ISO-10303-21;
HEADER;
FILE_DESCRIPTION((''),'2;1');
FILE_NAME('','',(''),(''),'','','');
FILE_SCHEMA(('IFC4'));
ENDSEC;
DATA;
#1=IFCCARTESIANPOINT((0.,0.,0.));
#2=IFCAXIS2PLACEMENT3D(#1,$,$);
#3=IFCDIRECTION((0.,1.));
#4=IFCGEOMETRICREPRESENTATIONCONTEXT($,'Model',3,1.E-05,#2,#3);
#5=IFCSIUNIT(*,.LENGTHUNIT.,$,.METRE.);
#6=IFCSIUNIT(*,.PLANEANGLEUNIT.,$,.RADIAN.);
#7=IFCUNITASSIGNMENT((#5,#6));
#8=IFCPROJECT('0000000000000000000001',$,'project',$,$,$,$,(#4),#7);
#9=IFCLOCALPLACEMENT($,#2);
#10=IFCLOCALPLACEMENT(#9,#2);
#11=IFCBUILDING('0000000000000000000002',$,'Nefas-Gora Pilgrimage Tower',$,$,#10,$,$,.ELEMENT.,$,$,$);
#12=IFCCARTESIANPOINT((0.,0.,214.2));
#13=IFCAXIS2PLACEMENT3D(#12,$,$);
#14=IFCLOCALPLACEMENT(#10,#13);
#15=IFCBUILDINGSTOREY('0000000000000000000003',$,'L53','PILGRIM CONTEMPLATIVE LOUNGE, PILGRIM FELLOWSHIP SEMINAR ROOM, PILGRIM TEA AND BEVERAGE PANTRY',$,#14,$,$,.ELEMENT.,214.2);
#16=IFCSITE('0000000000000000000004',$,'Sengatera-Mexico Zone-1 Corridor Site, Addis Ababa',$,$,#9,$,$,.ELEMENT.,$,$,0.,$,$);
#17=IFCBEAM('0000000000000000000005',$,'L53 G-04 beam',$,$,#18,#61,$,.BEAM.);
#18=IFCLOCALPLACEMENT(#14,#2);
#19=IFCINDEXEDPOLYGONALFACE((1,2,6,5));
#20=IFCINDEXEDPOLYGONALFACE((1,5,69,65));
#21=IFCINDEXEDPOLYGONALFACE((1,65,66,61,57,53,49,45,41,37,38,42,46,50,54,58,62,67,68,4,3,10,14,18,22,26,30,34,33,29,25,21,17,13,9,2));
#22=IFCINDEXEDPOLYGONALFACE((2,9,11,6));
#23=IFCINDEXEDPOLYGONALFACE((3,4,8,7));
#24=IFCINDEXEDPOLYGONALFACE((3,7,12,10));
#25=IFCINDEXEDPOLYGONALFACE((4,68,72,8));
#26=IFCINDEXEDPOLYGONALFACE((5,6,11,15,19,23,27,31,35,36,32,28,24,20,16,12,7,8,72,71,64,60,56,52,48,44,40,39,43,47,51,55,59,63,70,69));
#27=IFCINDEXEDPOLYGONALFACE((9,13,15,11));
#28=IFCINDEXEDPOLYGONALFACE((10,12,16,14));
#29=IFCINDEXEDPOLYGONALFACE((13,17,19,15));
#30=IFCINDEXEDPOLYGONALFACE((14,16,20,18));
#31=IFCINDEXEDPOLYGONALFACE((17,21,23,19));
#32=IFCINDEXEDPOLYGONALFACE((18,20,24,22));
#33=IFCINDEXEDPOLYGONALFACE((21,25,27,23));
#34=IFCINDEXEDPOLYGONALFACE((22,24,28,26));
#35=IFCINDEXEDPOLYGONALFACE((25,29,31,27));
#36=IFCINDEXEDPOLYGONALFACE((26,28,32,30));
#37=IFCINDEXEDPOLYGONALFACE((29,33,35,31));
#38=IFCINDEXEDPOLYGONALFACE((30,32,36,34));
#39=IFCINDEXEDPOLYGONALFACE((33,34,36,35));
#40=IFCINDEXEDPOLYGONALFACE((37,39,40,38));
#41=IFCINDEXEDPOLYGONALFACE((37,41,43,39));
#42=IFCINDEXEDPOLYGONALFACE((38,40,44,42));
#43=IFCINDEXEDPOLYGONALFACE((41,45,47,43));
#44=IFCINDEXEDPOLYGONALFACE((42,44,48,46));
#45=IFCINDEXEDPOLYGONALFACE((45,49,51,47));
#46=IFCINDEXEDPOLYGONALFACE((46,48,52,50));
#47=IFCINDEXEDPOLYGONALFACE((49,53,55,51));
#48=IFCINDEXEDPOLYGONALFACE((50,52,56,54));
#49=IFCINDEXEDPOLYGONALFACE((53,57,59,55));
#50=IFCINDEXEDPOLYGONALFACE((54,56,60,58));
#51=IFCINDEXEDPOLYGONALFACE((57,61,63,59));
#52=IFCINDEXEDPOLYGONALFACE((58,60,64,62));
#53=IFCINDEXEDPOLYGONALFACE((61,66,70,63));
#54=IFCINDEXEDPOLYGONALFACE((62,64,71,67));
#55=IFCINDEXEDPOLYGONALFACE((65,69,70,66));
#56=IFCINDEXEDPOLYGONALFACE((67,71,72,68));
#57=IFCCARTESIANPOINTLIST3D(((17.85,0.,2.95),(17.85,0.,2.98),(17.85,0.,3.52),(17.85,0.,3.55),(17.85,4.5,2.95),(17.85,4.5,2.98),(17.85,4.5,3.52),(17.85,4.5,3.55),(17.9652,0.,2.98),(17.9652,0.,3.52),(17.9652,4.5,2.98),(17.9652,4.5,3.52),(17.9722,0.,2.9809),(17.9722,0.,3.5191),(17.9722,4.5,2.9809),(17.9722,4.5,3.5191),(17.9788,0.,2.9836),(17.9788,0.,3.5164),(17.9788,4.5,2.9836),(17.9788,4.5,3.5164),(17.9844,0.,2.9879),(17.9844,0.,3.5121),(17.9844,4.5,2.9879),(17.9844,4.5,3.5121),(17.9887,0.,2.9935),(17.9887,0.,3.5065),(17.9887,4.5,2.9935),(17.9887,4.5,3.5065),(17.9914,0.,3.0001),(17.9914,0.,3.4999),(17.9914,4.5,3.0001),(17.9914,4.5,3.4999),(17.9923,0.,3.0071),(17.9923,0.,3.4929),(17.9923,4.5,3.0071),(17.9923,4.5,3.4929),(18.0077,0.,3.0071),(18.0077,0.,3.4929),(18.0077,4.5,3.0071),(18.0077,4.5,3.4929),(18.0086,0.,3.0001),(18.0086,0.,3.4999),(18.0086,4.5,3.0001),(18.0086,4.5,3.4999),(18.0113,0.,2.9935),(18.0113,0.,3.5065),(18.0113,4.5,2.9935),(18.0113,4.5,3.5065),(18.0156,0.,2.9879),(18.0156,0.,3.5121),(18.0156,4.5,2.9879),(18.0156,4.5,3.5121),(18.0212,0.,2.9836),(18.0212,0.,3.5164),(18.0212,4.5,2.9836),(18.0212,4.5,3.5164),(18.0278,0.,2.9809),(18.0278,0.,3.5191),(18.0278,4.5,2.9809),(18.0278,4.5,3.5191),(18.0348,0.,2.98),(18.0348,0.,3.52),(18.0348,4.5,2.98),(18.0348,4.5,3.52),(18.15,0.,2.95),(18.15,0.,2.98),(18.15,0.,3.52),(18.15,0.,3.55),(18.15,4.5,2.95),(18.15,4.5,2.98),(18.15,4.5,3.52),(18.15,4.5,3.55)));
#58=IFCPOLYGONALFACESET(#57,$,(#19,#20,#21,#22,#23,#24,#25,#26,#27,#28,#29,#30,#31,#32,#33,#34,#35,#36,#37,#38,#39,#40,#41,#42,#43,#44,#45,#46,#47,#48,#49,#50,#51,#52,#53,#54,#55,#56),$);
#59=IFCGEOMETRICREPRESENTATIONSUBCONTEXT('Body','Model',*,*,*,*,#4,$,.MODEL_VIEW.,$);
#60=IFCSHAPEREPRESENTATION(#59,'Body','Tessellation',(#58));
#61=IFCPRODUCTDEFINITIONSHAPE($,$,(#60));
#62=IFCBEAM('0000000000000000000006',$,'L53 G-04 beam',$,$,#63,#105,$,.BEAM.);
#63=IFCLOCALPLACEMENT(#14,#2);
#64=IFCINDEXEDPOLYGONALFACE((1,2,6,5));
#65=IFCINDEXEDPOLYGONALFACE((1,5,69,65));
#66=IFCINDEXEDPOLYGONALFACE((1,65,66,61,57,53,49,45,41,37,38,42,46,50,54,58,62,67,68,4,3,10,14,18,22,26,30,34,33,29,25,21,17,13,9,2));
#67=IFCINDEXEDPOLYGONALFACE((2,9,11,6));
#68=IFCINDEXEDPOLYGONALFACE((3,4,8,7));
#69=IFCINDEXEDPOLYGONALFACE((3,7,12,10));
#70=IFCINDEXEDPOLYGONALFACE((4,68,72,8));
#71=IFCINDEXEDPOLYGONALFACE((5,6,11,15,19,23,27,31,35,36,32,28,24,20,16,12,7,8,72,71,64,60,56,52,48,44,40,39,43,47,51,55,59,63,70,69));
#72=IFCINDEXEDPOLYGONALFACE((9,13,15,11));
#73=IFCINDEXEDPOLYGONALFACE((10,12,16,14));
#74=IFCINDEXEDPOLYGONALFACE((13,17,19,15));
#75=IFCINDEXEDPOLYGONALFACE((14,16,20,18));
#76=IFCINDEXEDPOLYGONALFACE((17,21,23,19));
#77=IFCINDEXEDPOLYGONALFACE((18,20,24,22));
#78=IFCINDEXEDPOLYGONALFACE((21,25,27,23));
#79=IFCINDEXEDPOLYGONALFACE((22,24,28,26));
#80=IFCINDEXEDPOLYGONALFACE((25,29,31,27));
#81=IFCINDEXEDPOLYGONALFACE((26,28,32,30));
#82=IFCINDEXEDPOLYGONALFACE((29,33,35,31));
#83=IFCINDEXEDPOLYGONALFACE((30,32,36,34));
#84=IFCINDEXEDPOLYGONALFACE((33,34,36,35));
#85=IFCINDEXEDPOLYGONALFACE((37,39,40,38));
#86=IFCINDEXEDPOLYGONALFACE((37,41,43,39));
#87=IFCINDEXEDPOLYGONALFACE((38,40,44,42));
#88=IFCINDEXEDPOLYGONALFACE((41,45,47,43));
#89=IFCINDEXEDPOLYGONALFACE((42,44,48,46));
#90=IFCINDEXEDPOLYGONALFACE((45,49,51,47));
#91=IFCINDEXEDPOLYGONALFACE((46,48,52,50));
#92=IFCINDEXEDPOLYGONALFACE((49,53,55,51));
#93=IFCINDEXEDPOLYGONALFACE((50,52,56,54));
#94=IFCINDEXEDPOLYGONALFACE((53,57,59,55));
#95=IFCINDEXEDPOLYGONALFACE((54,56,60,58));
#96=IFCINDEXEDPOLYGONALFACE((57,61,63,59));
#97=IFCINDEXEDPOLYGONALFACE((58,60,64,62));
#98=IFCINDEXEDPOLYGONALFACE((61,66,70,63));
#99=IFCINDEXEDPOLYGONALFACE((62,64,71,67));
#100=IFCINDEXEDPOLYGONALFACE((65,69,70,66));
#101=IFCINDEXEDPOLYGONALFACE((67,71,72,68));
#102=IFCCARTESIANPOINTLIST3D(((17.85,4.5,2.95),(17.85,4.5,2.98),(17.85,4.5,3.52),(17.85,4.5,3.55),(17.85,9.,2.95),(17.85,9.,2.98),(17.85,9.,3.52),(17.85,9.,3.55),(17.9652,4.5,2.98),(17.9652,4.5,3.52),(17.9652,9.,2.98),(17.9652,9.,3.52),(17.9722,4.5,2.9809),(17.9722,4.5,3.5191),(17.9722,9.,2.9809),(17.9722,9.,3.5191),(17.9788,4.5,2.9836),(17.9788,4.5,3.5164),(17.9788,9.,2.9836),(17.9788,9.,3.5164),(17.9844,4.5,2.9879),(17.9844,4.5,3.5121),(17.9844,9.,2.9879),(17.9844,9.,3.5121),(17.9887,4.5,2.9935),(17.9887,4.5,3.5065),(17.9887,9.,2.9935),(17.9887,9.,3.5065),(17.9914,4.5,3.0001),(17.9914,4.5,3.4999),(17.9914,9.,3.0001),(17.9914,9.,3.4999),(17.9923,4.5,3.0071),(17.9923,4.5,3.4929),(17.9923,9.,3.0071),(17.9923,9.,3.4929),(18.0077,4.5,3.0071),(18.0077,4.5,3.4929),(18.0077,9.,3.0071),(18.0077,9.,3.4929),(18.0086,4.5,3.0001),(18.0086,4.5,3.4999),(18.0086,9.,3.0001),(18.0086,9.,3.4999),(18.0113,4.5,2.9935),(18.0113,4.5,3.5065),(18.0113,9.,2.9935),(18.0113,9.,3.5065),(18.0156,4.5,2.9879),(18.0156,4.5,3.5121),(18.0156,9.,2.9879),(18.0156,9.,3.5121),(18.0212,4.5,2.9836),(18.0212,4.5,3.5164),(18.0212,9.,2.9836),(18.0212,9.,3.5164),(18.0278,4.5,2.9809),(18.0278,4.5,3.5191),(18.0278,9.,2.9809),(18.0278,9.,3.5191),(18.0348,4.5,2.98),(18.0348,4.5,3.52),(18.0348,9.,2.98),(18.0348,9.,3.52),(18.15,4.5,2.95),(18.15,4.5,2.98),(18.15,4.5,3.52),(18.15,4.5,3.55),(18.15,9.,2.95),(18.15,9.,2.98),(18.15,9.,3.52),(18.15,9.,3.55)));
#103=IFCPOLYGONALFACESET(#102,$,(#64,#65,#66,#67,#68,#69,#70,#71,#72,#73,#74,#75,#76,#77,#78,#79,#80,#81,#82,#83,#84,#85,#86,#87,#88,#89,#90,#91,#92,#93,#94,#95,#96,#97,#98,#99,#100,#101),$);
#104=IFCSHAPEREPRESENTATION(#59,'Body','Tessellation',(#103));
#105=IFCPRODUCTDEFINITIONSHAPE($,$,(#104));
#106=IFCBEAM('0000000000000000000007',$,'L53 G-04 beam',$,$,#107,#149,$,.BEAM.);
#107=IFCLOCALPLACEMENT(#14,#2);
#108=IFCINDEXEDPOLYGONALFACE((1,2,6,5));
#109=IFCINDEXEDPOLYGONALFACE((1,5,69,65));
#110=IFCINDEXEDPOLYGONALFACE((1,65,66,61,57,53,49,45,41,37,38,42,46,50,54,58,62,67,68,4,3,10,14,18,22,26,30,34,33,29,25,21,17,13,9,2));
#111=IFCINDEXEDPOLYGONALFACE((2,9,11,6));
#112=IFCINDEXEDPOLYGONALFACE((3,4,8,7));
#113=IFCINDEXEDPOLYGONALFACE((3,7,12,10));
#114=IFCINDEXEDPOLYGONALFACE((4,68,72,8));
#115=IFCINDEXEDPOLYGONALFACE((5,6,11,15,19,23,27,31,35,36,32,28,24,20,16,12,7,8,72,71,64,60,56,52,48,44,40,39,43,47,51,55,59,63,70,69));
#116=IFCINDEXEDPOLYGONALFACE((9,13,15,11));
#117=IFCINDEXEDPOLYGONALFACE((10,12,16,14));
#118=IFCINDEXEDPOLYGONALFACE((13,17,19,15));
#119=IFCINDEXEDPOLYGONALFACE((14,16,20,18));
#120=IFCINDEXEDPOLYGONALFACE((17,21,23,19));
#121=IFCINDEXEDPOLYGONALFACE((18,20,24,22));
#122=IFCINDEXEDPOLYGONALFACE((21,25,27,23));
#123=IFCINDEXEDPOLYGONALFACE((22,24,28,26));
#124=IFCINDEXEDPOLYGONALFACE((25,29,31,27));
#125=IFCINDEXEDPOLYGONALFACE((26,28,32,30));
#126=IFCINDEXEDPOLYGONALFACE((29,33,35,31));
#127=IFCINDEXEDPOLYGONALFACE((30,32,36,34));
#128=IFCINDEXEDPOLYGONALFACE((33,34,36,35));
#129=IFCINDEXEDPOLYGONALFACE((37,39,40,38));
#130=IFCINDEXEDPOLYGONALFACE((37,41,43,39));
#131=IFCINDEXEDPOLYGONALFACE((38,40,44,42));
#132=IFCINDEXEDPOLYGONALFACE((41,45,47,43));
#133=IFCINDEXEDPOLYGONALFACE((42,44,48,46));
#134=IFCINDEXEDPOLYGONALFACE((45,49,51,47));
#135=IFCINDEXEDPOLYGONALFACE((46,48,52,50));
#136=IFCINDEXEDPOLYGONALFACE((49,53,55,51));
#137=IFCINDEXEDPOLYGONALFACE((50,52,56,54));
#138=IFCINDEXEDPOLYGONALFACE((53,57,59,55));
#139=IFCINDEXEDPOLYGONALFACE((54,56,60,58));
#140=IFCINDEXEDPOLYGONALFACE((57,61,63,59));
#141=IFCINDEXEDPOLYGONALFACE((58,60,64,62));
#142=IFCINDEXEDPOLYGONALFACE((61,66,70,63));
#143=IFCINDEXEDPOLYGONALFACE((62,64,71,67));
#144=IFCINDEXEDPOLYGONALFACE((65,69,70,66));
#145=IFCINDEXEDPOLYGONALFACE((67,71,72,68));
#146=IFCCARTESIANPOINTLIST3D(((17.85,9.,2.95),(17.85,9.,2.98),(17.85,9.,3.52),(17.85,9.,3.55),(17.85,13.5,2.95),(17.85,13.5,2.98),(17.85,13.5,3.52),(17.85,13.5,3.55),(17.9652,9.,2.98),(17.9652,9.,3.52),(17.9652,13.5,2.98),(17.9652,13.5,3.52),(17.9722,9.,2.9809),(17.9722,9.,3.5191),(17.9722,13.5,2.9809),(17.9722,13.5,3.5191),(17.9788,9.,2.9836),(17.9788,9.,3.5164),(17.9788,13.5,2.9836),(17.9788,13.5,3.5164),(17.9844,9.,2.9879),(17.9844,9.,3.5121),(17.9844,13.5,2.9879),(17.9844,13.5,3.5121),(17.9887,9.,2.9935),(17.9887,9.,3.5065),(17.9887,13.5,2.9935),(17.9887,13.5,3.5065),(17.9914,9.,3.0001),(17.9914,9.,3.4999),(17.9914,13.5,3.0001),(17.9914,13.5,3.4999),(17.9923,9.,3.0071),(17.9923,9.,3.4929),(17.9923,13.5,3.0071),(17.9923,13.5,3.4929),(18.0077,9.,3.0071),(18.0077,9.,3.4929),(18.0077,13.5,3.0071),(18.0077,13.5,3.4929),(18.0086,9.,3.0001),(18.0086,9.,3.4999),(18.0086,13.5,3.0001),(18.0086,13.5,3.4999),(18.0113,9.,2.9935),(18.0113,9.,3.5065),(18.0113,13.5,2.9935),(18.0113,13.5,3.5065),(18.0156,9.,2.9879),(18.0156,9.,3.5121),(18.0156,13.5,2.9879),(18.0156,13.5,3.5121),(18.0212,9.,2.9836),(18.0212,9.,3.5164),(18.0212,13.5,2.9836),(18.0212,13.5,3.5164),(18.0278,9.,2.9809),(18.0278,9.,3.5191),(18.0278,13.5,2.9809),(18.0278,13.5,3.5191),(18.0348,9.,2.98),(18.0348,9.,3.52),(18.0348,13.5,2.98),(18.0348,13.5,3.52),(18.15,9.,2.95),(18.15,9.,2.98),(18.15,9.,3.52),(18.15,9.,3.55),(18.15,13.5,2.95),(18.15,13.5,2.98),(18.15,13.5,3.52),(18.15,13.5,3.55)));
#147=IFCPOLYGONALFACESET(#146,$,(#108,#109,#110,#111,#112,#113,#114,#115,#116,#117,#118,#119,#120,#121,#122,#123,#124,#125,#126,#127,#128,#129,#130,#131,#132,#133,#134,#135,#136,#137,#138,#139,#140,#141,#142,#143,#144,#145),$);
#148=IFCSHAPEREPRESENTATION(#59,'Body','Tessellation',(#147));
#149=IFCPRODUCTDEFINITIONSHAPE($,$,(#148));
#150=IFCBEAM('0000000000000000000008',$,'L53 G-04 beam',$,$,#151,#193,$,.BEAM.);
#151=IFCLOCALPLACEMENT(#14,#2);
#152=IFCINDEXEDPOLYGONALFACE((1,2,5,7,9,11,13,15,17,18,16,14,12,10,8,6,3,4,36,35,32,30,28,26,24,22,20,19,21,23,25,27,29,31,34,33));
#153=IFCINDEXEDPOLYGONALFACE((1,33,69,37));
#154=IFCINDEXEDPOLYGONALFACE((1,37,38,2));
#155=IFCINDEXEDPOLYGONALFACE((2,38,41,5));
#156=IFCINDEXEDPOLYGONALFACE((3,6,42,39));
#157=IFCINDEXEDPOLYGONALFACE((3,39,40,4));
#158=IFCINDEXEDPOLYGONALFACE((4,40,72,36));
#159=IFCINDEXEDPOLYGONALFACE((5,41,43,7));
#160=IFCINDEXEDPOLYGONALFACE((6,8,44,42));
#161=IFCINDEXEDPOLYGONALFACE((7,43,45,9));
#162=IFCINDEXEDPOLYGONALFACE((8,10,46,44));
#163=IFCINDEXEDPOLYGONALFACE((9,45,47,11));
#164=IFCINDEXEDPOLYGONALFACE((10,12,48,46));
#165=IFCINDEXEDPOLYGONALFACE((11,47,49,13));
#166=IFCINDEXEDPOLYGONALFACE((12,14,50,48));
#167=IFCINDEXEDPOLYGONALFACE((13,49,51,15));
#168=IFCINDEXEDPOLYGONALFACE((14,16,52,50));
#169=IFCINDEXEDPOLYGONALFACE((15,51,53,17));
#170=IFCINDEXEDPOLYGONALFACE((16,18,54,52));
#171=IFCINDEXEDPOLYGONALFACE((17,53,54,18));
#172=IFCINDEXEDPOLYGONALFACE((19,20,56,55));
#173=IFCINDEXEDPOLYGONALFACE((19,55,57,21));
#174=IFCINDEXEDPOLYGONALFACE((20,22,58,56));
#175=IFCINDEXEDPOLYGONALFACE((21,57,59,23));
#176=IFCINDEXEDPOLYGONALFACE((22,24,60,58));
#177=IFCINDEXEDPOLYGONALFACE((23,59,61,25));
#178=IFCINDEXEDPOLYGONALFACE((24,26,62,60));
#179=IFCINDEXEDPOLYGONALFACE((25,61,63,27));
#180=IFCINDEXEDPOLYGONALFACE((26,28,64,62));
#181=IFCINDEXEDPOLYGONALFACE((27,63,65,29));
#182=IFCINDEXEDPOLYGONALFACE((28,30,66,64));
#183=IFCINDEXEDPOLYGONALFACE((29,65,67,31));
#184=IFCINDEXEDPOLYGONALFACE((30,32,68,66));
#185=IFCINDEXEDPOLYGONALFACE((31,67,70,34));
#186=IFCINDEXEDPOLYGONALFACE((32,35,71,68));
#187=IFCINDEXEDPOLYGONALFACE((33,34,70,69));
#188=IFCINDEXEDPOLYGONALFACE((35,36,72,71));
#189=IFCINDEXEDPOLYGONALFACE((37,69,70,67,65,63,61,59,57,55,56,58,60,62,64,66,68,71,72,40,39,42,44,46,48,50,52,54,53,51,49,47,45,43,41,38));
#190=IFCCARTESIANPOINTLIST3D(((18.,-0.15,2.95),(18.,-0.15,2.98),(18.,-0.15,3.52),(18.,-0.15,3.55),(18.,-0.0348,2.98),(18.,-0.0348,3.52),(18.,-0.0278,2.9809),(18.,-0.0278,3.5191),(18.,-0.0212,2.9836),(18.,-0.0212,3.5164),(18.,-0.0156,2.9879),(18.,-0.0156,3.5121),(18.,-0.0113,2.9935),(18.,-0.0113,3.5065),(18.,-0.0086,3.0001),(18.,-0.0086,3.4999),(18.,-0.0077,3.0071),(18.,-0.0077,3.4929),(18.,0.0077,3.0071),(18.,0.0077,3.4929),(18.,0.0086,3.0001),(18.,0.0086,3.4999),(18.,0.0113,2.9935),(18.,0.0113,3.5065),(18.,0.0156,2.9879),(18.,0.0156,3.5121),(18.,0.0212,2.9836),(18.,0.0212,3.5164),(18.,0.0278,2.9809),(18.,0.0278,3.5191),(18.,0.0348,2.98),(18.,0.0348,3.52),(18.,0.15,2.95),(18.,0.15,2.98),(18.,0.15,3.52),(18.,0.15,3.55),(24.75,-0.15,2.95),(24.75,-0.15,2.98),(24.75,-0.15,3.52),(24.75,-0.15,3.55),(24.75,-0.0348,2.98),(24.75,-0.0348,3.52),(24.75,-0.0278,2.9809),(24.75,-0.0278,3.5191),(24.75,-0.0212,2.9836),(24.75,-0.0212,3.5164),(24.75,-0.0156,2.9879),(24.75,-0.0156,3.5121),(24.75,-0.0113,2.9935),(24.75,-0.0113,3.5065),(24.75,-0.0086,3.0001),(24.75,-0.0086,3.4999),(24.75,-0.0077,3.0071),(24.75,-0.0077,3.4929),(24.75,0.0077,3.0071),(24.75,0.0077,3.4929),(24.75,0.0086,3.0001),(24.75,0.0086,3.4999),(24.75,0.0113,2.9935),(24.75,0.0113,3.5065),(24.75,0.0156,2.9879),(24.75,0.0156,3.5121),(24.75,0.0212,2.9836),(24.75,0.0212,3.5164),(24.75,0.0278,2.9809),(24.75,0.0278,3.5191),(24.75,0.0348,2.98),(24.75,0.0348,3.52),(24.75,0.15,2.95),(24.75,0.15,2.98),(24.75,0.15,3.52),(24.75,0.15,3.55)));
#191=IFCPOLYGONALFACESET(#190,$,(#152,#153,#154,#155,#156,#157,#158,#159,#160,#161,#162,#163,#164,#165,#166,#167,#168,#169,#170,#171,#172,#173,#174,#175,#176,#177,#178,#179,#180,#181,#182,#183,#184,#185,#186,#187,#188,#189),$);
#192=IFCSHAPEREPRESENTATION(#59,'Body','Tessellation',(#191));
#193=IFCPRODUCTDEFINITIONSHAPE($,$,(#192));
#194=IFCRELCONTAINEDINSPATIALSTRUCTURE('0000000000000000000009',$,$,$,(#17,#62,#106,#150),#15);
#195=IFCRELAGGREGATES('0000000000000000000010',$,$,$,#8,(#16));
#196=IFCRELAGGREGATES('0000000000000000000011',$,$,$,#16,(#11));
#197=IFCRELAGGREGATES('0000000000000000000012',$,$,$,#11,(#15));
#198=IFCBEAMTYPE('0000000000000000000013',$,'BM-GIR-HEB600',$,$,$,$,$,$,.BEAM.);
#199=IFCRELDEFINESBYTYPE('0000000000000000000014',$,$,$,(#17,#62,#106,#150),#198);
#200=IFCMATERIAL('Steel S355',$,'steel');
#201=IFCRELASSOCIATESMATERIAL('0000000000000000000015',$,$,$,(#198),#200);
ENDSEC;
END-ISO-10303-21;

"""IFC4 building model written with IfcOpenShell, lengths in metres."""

from ifc_helpers import new_model, si_unit, direction, frame, origin, origin_2d, place, context, subcontext, project, spatial, i_section, extrude, source, transform, mapped, material, material_profile, profile_set, type_object, element, save


model = new_model("IFC4")

# Units and contexts
model_context = context("Model", 3, precision=1e-05, world=origin(), true_north=direction((0.0, 1.0)))
body_context = subcontext(model_context, "Body", "Model", "MODEL_VIEW")
ifc_project = project(units=[si_unit("LENGTHUNIT", "METRE"), si_unit("PLANEANGLEUNIT", "RADIAN")], contexts=[model_context])

# Site, building, storey
site_placement = place(None, origin())
site = spatial("IfcSite", under=ifc_project, at=site_placement, Name="Sengatera-Mexico Zone-1 Corridor Site, Addis Ababa", CompositionType="ELEMENT", RefElevation=0.0)
building_placement = place(site_placement, origin())
building = spatial("IfcBuilding", under=site, at=building_placement, Name="Nefas-Gora Pilgrimage Tower", CompositionType="ELEMENT")
storey_placement = place(building_placement, frame((0.0, 0.0, 214.2)))
storey = spatial("IfcBuildingStorey", under=building, at=storey_placement, Name="L53", Description="PILGRIM CONTEMPLATIVE LOUNGE, PILGRIM FELLOWSHIP SEMINAR ROOM, PILGRIM TEA AND BEVERAGE PANTRY", CompositionType="ELEMENT", Elevation=214.2)

# Beams
ifc_material_1 = material(Name="Steel S355", Category="steel")
ifc_material_profile_1 = material_profile(ifc_material_1, i_section(OverallWidth=0.3, OverallDepth=0.6001, WebThickness=0.0154, FlangeThickness=0.03, FilletRadius=0.0271, at=origin_2d()), Name="HEB 600")
ifc_profile_set_1 = profile_set([ifc_material_profile_1], Name="Steel S355")
beam_type_1 = type_object("IfcBeamType", Name="BM-GIR-HEB600", PredefinedType="BEAM", material=ifc_profile_set_1)
shared_shape_1 = source(origin(), body_context, "Body", "SweptSolid", [
    extrude(i_section(OverallWidth=0.3, OverallDepth=0.6001, WebThickness=0.0154, FlangeThickness=0.03, FilletRadius=0.0271, at=origin_2d()), origin(), (0.0, 0.0, 1.0), 4.5),
])
for number, where, z_axis, x_axis, name in (
    (1, (18.0, 0.0, 3.25), (0.0, 1.0, 0.0), (-1.0, 0.0, 0.0), "L53 G-04 beam"),
    (2, (18.0, 4.5, 3.25), (0.0, 1.0, 0.0), (-1.0, 0.0, 0.0), "L53 G-04 beam"),
    (3, (18.0, 9.0, 3.25), (0.0, 1.0, 0.0), (-1.0, 0.0, 0.0), "L53 G-04 beam"),
):
    element("IfcBeam", number, at=place(storey_placement, frame(where, z_axis=z_axis, x_axis=x_axis)), inside=storey, type_object=beam_type_1, Name=name, PredefinedType="BEAM", context=body_context, shape_type="MappedRepresentation", body=[
        mapped(shared_shape_1, transform((0.0, 0.0, 0.0), x_axis=(1.0, 0.0, 0.0), y_axis=(0.0, 1.0, 0.0), z_axis=(0.0, 0.0, 1.0), scale=1.0)),
    ])
shared_shape_2 = source(origin(), body_context, "Body", "SweptSolid", [
    extrude(i_section(OverallWidth=0.3, OverallDepth=0.6001, WebThickness=0.0154, FlangeThickness=0.03, FilletRadius=0.0271, at=origin_2d()), origin(), (0.0, 0.0, 1.0), 6.75),
])
for number, where, z_axis, x_axis, name in (
    (4, (18.0, 0.0, 3.25), (1.0, 0.0, 0.0), (0.0, 1.0, 0.0), "L53 G-04 beam"),
):
    element("IfcBeam", number, at=place(storey_placement, frame(where, z_axis=z_axis, x_axis=x_axis)), inside=storey, type_object=beam_type_1, Name=name, PredefinedType="BEAM", context=body_context, shape_type="MappedRepresentation", body=[
        mapped(shared_shape_2, transform((0.0, 0.0, 0.0), x_axis=(1.0, 0.0, 0.0), y_axis=(0.0, 1.0, 0.0), z_axis=(0.0, 0.0, 1.0), scale=1.0)),
    ])

save(model, "model.ifc")
